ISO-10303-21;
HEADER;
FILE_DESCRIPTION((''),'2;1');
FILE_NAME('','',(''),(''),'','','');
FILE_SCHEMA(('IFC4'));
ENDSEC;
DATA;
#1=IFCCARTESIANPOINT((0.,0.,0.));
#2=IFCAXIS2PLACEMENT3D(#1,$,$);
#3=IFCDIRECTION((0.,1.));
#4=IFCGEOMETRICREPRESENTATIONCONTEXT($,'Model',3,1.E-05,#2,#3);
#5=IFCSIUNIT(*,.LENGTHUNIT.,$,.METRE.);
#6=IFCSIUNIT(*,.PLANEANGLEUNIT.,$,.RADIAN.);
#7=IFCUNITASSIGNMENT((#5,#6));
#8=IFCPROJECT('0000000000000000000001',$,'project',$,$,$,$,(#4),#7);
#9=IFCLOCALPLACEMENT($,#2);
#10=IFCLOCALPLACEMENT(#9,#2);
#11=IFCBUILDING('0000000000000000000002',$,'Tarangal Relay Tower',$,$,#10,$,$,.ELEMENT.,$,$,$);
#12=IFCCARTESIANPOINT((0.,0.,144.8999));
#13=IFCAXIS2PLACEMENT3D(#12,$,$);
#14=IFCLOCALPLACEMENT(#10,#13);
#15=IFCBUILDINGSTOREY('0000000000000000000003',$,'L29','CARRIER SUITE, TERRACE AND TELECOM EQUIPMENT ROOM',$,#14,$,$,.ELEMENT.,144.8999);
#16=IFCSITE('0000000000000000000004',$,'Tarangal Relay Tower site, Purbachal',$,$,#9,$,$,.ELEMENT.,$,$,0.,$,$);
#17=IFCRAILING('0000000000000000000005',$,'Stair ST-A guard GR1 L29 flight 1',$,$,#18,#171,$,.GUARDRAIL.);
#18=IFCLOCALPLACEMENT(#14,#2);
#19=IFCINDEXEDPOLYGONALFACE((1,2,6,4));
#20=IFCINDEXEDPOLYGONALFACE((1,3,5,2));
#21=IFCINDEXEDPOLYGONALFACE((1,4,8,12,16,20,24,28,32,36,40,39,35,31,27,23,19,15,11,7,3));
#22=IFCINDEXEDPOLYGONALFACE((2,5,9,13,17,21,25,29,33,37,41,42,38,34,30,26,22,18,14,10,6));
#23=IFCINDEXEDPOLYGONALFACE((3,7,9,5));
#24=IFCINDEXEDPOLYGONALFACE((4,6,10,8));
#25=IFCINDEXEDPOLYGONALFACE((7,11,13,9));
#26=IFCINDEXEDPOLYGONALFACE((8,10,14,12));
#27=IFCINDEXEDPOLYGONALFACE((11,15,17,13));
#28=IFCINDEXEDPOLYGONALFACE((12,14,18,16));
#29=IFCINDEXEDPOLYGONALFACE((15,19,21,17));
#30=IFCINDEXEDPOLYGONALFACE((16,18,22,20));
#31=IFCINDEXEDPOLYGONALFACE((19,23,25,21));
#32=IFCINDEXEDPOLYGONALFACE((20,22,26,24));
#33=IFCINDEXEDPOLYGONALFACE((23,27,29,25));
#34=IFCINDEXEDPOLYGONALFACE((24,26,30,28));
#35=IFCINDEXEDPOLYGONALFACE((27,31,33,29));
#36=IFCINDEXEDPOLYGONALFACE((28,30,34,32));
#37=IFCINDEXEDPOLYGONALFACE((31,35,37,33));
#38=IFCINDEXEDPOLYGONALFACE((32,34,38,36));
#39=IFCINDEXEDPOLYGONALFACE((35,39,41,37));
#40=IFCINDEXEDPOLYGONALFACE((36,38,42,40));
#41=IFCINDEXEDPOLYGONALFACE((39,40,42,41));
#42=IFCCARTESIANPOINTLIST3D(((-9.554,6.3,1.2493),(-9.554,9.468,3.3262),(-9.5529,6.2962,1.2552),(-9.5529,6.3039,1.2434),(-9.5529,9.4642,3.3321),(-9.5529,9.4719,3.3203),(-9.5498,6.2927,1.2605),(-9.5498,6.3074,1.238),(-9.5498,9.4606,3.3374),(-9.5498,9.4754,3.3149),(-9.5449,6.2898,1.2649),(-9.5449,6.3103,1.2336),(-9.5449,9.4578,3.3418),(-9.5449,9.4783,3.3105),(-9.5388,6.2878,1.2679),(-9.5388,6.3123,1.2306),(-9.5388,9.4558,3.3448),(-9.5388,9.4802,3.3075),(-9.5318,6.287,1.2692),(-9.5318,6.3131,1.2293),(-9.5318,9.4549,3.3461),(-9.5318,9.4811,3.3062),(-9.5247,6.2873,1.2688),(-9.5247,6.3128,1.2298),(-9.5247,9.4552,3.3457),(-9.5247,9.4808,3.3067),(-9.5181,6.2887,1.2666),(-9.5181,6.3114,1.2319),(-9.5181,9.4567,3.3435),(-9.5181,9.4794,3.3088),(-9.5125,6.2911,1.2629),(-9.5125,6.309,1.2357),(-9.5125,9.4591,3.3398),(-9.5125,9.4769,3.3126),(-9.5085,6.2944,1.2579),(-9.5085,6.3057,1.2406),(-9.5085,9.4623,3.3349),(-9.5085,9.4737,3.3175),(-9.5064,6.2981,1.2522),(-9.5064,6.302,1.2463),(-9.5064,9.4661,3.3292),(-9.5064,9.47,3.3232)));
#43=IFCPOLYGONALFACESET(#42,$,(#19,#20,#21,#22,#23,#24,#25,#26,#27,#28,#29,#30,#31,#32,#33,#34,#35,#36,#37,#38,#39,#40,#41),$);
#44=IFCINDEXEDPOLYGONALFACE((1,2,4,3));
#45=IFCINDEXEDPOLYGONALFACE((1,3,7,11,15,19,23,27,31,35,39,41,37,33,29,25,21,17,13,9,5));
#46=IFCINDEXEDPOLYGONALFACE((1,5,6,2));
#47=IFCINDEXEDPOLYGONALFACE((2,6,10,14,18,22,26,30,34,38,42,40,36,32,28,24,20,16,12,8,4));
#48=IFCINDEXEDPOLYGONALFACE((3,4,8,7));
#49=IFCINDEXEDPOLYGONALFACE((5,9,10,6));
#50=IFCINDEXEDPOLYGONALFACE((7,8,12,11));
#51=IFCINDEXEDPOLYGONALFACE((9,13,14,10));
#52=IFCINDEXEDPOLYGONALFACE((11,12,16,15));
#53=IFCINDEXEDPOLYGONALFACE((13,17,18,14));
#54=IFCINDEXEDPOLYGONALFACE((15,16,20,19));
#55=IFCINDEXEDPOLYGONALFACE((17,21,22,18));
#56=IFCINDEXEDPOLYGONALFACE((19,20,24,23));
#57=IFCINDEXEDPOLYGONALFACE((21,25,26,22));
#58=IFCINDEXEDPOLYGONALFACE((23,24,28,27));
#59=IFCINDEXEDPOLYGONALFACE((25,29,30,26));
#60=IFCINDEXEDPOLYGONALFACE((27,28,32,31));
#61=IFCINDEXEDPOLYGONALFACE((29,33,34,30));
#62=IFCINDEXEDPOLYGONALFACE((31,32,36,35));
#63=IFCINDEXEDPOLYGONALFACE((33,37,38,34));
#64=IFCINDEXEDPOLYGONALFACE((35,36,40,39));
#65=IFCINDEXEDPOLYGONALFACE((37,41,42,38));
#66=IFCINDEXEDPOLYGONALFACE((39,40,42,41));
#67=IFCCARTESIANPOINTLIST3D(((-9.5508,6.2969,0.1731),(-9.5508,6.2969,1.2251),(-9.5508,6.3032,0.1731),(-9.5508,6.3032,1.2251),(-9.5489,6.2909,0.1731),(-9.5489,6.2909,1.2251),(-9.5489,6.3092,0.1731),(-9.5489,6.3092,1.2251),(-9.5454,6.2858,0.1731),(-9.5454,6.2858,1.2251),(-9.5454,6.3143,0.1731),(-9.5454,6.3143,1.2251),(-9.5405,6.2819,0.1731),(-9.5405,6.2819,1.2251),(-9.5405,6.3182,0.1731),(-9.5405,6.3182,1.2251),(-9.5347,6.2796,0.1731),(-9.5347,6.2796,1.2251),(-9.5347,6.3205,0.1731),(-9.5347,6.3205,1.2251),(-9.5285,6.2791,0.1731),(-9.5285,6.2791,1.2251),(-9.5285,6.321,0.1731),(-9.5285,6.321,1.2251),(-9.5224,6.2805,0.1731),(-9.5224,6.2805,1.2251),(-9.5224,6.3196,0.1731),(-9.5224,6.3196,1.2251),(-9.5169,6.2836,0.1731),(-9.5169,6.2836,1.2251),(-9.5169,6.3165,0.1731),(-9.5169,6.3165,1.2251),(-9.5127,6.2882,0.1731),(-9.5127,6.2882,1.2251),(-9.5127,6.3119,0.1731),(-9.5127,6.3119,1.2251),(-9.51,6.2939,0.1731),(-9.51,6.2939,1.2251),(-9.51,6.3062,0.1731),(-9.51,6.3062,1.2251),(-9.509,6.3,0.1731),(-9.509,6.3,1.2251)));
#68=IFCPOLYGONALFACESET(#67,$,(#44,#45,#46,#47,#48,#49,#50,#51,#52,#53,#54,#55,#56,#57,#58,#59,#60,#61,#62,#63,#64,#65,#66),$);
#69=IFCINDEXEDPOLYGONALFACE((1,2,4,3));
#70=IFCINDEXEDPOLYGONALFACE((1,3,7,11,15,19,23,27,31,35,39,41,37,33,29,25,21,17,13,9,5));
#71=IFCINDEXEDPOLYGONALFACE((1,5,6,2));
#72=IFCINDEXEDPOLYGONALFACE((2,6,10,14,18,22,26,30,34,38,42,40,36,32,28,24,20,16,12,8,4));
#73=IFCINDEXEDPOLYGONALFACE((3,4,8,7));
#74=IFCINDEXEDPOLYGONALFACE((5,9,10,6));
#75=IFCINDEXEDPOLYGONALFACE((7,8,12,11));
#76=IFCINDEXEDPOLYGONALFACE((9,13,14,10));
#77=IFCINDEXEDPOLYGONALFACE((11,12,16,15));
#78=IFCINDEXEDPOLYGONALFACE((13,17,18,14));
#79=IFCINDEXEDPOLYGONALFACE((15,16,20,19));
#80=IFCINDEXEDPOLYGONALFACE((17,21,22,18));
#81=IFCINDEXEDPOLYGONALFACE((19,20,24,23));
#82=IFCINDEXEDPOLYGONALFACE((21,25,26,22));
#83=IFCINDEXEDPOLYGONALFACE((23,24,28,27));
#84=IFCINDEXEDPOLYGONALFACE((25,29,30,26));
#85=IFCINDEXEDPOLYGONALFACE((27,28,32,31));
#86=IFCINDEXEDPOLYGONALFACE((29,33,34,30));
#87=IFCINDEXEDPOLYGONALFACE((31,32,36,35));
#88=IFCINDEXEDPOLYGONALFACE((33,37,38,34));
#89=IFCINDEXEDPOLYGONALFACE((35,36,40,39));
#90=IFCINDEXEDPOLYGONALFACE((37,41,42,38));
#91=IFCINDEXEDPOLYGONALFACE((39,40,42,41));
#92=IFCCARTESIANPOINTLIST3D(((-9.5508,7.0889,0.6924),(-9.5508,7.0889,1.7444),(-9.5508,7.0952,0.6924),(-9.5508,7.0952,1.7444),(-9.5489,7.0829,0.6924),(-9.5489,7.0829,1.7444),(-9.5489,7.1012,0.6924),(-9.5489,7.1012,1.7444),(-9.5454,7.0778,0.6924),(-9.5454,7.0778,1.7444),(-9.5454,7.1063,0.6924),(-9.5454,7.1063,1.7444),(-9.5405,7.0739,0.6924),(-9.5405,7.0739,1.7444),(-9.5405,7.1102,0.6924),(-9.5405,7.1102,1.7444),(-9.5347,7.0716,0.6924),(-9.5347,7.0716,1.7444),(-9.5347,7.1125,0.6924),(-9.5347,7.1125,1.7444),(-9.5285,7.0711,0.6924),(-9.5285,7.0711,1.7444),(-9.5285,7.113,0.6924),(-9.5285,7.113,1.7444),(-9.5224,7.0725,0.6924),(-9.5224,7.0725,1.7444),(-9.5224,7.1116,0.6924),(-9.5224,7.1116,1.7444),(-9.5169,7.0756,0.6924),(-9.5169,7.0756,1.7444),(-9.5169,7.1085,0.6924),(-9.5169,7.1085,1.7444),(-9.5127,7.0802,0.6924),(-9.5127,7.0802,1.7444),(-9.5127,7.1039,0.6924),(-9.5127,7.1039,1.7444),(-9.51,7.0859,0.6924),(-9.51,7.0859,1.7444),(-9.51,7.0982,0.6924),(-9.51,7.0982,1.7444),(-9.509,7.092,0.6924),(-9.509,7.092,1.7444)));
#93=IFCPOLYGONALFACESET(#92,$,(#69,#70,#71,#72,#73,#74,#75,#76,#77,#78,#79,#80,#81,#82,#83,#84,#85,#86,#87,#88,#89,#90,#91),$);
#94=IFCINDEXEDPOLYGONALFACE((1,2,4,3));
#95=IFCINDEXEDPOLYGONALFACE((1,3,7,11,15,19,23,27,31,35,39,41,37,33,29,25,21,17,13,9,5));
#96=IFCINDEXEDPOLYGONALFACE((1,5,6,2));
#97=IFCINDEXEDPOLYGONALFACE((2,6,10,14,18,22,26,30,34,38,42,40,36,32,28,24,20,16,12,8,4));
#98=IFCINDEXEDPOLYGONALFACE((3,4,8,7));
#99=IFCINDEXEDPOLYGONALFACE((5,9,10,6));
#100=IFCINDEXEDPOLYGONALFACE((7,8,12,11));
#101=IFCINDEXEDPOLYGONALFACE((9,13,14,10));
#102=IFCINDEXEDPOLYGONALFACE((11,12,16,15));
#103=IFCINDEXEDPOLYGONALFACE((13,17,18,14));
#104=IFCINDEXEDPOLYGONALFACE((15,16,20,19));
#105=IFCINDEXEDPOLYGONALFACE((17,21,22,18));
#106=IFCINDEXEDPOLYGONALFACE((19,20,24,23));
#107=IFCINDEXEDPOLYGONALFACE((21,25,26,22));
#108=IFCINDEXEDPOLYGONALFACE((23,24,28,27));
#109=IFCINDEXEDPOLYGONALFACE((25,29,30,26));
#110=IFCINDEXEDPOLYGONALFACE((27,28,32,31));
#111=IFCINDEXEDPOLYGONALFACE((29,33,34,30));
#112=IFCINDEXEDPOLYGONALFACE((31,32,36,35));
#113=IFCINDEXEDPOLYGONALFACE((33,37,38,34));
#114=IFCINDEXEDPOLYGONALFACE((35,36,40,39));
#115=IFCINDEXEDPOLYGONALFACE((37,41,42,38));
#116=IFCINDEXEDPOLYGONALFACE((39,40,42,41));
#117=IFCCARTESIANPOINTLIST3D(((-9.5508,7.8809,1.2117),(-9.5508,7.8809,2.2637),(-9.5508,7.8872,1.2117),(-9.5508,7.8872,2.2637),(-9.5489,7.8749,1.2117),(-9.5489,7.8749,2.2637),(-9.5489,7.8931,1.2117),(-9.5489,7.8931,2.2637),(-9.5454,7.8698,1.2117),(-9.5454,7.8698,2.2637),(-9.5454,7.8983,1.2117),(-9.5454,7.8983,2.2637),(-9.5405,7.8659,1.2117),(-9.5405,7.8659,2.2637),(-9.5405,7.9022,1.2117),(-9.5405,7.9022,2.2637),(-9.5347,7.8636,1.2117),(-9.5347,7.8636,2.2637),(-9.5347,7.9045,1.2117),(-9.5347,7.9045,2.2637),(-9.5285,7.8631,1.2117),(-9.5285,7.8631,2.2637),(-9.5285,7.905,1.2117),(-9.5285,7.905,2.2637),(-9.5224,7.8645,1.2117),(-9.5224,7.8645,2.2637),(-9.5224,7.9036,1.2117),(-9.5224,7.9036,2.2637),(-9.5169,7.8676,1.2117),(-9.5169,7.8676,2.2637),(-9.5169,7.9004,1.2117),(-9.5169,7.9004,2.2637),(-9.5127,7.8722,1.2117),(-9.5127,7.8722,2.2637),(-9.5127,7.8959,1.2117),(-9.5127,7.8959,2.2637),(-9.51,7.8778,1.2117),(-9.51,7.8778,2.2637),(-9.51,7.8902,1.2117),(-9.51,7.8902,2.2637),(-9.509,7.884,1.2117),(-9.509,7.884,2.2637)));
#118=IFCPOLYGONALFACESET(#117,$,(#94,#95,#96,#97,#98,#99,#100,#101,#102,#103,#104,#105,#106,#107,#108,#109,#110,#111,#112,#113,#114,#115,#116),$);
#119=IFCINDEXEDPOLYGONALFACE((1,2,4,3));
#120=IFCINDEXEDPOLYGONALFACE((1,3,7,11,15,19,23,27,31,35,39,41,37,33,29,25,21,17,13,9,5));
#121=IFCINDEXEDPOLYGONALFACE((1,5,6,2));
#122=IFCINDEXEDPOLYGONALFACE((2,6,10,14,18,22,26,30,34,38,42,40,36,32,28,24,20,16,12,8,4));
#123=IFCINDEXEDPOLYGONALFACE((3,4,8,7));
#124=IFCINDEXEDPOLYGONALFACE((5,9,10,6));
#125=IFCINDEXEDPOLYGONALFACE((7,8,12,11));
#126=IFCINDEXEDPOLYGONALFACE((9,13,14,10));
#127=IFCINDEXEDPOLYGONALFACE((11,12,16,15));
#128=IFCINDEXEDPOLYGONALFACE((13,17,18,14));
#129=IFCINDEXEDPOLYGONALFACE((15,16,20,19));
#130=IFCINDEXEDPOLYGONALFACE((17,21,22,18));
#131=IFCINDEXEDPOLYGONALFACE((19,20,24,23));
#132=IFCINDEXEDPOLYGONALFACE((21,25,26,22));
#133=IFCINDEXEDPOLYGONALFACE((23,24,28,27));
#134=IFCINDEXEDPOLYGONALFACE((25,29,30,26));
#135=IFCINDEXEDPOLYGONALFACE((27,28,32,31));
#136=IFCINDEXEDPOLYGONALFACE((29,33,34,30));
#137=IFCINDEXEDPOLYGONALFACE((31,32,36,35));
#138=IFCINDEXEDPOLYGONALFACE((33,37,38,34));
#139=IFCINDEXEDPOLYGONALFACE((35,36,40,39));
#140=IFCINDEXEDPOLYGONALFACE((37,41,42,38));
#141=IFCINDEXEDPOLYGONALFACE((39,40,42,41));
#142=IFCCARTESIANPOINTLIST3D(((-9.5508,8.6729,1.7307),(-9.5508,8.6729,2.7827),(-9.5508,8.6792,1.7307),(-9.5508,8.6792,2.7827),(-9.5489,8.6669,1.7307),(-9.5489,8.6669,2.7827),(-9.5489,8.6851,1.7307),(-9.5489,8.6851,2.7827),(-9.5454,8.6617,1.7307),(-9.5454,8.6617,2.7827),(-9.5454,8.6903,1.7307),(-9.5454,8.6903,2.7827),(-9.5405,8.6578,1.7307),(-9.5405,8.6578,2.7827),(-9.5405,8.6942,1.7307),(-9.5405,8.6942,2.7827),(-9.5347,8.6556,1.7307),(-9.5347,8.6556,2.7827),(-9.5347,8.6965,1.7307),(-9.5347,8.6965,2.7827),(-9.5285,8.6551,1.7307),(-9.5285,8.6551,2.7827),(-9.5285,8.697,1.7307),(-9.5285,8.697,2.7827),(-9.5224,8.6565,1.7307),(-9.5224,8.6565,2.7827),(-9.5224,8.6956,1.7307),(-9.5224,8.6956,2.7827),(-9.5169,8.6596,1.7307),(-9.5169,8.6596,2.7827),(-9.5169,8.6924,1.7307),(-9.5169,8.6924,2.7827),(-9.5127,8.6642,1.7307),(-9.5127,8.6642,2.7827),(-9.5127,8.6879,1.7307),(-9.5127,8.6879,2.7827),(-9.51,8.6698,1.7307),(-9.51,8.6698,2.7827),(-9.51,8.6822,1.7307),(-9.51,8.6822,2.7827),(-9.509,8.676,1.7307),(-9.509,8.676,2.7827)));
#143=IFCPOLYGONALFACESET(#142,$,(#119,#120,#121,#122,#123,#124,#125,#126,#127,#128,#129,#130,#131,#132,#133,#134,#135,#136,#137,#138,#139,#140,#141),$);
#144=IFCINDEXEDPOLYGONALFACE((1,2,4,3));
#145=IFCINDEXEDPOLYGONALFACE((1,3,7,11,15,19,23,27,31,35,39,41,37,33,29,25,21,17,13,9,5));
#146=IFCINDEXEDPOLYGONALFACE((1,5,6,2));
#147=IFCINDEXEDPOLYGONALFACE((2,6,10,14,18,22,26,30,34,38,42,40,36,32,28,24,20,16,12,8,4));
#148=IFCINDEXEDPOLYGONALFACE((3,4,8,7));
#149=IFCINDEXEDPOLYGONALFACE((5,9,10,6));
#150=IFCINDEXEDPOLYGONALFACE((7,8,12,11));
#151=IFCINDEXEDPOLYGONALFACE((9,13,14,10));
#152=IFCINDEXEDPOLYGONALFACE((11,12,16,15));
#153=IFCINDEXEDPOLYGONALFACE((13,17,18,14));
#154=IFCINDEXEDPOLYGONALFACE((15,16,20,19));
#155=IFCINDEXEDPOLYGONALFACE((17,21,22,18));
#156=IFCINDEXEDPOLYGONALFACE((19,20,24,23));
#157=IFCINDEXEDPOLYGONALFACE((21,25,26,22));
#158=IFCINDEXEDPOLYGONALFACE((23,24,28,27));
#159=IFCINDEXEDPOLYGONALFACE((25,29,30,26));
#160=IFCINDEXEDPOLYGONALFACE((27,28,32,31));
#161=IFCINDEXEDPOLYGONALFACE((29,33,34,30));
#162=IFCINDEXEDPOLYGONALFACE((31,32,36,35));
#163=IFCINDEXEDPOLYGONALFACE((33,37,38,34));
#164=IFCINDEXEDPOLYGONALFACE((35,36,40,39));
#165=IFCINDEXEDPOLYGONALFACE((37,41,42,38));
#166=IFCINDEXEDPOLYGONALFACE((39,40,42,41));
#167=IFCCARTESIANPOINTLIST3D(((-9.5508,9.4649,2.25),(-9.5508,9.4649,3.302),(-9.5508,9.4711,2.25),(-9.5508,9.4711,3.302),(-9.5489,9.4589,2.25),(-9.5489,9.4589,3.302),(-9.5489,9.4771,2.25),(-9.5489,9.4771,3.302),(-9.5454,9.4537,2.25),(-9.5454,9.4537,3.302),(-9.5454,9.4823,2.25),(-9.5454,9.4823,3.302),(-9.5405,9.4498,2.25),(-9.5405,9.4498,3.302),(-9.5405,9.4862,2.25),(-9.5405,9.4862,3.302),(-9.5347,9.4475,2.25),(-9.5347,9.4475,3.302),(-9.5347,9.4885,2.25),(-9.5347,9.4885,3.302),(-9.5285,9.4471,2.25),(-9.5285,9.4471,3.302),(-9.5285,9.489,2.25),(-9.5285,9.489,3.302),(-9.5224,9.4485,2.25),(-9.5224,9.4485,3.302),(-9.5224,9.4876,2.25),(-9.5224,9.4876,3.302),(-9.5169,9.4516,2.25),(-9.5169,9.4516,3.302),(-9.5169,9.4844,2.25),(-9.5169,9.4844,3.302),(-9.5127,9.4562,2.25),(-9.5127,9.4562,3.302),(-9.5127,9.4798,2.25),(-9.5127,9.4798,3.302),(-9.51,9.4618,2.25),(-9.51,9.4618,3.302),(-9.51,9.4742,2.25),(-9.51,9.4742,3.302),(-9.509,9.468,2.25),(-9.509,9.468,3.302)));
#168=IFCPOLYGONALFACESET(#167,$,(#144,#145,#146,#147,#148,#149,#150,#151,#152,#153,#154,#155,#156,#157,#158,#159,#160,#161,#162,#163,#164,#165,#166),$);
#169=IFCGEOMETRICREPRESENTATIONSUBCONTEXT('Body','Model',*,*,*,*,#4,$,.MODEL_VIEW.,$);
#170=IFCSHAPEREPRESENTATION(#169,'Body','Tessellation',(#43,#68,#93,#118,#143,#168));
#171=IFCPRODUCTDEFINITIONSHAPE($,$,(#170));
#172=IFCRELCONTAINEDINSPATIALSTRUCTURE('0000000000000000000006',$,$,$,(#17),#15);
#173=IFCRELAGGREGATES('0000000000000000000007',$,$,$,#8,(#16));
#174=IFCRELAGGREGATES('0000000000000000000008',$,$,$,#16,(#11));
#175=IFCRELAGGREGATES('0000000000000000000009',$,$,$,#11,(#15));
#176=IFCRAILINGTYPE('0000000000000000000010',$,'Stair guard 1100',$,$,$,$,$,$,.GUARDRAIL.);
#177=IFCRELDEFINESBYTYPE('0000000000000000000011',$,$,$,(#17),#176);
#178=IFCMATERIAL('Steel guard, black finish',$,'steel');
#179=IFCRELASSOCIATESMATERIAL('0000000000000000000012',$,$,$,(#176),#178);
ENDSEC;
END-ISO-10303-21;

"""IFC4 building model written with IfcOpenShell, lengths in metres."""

from ifc_helpers import new_model, si_unit, direction, frame, origin, origin_2d, place, context, subcontext, project, spatial, circle, extrude, material, type_object, element, save


model = new_model("IFC4")

# Units and contexts
model_context = context("Model", 3, precision=1e-05, world=origin(), true_north=direction((0.0, 1.0)))
body_context = subcontext(model_context, "Body", "Model", "MODEL_VIEW")
ifc_project = project(units=[si_unit("LENGTHUNIT", "METRE"), si_unit("PLANEANGLEUNIT", "RADIAN")], contexts=[model_context])

# Site, building, storey
site_placement = place(None, origin())
site = spatial("IfcSite", under=ifc_project, at=site_placement, Name="Tarangal Relay Tower site, Purbachal", CompositionType="ELEMENT", RefElevation=0.0)
building_placement = place(site_placement, origin())
building = spatial("IfcBuilding", under=site, at=building_placement, Name="Tarangal Relay Tower", CompositionType="ELEMENT")
storey_placement = place(building_placement, frame((0.0, 0.0, 144.8999)))
storey = spatial("IfcBuildingStorey", under=building, at=storey_placement, Name="L29", Description="CARRIER SUITE, TERRACE AND TELECOM EQUIPMENT ROOM", CompositionType="ELEMENT", Elevation=144.8999)

# Railing
ifc_material_1 = material(Name="Steel guard, black finish", Category="steel")
railing_type = type_object("IfcRailingType", Name="Stair guard 1100", PredefinedType="GUARDRAIL", material=ifc_material_1)
railing_1_placement = place(storey_placement, frame((-9.53, 6.3, 0.1731)))
element("IfcRailing", 1, at=railing_1_placement, inside=storey, type_object=railing_type, Name="Stair ST-A guard GR1 L29 flight 1", PredefinedType="GUARDRAIL", context=body_context, shape_type="SweptSolid", body=[
    extrude(circle(Radius=0.0239, at=origin_2d()), frame((0.0, 0.0, 1.0762), z_axis=(0.0, 0.836299, 0.548273), x_axis=(-1.0, 0.0, 0.0)), (0.0, 0.0, 1.0), 3.7881),
    extrude(circle(Radius=0.021, at=origin_2d()), origin(), (0.0, 0.0, 1.0), 1.052),
    extrude(circle(Radius=0.021, at=origin_2d()), frame((0.0, 0.792, 0.5193)), (0.0, 0.0, 1.0), 1.052),
    extrude(circle(Radius=0.021, at=origin_2d()), frame((0.0, 1.584, 1.0386)), (0.0, 0.0, 1.0), 1.052),
    extrude(circle(Radius=0.021, at=origin_2d()), frame((0.0, 2.376, 1.5576)), (0.0, 0.0, 1.0), 1.052),
    extrude(circle(Radius=0.021, at=origin_2d()), frame((0.0, 3.168, 2.0769)), (0.0, 0.0, 1.0), 1.052),
])

save(model, "model.ifc")
